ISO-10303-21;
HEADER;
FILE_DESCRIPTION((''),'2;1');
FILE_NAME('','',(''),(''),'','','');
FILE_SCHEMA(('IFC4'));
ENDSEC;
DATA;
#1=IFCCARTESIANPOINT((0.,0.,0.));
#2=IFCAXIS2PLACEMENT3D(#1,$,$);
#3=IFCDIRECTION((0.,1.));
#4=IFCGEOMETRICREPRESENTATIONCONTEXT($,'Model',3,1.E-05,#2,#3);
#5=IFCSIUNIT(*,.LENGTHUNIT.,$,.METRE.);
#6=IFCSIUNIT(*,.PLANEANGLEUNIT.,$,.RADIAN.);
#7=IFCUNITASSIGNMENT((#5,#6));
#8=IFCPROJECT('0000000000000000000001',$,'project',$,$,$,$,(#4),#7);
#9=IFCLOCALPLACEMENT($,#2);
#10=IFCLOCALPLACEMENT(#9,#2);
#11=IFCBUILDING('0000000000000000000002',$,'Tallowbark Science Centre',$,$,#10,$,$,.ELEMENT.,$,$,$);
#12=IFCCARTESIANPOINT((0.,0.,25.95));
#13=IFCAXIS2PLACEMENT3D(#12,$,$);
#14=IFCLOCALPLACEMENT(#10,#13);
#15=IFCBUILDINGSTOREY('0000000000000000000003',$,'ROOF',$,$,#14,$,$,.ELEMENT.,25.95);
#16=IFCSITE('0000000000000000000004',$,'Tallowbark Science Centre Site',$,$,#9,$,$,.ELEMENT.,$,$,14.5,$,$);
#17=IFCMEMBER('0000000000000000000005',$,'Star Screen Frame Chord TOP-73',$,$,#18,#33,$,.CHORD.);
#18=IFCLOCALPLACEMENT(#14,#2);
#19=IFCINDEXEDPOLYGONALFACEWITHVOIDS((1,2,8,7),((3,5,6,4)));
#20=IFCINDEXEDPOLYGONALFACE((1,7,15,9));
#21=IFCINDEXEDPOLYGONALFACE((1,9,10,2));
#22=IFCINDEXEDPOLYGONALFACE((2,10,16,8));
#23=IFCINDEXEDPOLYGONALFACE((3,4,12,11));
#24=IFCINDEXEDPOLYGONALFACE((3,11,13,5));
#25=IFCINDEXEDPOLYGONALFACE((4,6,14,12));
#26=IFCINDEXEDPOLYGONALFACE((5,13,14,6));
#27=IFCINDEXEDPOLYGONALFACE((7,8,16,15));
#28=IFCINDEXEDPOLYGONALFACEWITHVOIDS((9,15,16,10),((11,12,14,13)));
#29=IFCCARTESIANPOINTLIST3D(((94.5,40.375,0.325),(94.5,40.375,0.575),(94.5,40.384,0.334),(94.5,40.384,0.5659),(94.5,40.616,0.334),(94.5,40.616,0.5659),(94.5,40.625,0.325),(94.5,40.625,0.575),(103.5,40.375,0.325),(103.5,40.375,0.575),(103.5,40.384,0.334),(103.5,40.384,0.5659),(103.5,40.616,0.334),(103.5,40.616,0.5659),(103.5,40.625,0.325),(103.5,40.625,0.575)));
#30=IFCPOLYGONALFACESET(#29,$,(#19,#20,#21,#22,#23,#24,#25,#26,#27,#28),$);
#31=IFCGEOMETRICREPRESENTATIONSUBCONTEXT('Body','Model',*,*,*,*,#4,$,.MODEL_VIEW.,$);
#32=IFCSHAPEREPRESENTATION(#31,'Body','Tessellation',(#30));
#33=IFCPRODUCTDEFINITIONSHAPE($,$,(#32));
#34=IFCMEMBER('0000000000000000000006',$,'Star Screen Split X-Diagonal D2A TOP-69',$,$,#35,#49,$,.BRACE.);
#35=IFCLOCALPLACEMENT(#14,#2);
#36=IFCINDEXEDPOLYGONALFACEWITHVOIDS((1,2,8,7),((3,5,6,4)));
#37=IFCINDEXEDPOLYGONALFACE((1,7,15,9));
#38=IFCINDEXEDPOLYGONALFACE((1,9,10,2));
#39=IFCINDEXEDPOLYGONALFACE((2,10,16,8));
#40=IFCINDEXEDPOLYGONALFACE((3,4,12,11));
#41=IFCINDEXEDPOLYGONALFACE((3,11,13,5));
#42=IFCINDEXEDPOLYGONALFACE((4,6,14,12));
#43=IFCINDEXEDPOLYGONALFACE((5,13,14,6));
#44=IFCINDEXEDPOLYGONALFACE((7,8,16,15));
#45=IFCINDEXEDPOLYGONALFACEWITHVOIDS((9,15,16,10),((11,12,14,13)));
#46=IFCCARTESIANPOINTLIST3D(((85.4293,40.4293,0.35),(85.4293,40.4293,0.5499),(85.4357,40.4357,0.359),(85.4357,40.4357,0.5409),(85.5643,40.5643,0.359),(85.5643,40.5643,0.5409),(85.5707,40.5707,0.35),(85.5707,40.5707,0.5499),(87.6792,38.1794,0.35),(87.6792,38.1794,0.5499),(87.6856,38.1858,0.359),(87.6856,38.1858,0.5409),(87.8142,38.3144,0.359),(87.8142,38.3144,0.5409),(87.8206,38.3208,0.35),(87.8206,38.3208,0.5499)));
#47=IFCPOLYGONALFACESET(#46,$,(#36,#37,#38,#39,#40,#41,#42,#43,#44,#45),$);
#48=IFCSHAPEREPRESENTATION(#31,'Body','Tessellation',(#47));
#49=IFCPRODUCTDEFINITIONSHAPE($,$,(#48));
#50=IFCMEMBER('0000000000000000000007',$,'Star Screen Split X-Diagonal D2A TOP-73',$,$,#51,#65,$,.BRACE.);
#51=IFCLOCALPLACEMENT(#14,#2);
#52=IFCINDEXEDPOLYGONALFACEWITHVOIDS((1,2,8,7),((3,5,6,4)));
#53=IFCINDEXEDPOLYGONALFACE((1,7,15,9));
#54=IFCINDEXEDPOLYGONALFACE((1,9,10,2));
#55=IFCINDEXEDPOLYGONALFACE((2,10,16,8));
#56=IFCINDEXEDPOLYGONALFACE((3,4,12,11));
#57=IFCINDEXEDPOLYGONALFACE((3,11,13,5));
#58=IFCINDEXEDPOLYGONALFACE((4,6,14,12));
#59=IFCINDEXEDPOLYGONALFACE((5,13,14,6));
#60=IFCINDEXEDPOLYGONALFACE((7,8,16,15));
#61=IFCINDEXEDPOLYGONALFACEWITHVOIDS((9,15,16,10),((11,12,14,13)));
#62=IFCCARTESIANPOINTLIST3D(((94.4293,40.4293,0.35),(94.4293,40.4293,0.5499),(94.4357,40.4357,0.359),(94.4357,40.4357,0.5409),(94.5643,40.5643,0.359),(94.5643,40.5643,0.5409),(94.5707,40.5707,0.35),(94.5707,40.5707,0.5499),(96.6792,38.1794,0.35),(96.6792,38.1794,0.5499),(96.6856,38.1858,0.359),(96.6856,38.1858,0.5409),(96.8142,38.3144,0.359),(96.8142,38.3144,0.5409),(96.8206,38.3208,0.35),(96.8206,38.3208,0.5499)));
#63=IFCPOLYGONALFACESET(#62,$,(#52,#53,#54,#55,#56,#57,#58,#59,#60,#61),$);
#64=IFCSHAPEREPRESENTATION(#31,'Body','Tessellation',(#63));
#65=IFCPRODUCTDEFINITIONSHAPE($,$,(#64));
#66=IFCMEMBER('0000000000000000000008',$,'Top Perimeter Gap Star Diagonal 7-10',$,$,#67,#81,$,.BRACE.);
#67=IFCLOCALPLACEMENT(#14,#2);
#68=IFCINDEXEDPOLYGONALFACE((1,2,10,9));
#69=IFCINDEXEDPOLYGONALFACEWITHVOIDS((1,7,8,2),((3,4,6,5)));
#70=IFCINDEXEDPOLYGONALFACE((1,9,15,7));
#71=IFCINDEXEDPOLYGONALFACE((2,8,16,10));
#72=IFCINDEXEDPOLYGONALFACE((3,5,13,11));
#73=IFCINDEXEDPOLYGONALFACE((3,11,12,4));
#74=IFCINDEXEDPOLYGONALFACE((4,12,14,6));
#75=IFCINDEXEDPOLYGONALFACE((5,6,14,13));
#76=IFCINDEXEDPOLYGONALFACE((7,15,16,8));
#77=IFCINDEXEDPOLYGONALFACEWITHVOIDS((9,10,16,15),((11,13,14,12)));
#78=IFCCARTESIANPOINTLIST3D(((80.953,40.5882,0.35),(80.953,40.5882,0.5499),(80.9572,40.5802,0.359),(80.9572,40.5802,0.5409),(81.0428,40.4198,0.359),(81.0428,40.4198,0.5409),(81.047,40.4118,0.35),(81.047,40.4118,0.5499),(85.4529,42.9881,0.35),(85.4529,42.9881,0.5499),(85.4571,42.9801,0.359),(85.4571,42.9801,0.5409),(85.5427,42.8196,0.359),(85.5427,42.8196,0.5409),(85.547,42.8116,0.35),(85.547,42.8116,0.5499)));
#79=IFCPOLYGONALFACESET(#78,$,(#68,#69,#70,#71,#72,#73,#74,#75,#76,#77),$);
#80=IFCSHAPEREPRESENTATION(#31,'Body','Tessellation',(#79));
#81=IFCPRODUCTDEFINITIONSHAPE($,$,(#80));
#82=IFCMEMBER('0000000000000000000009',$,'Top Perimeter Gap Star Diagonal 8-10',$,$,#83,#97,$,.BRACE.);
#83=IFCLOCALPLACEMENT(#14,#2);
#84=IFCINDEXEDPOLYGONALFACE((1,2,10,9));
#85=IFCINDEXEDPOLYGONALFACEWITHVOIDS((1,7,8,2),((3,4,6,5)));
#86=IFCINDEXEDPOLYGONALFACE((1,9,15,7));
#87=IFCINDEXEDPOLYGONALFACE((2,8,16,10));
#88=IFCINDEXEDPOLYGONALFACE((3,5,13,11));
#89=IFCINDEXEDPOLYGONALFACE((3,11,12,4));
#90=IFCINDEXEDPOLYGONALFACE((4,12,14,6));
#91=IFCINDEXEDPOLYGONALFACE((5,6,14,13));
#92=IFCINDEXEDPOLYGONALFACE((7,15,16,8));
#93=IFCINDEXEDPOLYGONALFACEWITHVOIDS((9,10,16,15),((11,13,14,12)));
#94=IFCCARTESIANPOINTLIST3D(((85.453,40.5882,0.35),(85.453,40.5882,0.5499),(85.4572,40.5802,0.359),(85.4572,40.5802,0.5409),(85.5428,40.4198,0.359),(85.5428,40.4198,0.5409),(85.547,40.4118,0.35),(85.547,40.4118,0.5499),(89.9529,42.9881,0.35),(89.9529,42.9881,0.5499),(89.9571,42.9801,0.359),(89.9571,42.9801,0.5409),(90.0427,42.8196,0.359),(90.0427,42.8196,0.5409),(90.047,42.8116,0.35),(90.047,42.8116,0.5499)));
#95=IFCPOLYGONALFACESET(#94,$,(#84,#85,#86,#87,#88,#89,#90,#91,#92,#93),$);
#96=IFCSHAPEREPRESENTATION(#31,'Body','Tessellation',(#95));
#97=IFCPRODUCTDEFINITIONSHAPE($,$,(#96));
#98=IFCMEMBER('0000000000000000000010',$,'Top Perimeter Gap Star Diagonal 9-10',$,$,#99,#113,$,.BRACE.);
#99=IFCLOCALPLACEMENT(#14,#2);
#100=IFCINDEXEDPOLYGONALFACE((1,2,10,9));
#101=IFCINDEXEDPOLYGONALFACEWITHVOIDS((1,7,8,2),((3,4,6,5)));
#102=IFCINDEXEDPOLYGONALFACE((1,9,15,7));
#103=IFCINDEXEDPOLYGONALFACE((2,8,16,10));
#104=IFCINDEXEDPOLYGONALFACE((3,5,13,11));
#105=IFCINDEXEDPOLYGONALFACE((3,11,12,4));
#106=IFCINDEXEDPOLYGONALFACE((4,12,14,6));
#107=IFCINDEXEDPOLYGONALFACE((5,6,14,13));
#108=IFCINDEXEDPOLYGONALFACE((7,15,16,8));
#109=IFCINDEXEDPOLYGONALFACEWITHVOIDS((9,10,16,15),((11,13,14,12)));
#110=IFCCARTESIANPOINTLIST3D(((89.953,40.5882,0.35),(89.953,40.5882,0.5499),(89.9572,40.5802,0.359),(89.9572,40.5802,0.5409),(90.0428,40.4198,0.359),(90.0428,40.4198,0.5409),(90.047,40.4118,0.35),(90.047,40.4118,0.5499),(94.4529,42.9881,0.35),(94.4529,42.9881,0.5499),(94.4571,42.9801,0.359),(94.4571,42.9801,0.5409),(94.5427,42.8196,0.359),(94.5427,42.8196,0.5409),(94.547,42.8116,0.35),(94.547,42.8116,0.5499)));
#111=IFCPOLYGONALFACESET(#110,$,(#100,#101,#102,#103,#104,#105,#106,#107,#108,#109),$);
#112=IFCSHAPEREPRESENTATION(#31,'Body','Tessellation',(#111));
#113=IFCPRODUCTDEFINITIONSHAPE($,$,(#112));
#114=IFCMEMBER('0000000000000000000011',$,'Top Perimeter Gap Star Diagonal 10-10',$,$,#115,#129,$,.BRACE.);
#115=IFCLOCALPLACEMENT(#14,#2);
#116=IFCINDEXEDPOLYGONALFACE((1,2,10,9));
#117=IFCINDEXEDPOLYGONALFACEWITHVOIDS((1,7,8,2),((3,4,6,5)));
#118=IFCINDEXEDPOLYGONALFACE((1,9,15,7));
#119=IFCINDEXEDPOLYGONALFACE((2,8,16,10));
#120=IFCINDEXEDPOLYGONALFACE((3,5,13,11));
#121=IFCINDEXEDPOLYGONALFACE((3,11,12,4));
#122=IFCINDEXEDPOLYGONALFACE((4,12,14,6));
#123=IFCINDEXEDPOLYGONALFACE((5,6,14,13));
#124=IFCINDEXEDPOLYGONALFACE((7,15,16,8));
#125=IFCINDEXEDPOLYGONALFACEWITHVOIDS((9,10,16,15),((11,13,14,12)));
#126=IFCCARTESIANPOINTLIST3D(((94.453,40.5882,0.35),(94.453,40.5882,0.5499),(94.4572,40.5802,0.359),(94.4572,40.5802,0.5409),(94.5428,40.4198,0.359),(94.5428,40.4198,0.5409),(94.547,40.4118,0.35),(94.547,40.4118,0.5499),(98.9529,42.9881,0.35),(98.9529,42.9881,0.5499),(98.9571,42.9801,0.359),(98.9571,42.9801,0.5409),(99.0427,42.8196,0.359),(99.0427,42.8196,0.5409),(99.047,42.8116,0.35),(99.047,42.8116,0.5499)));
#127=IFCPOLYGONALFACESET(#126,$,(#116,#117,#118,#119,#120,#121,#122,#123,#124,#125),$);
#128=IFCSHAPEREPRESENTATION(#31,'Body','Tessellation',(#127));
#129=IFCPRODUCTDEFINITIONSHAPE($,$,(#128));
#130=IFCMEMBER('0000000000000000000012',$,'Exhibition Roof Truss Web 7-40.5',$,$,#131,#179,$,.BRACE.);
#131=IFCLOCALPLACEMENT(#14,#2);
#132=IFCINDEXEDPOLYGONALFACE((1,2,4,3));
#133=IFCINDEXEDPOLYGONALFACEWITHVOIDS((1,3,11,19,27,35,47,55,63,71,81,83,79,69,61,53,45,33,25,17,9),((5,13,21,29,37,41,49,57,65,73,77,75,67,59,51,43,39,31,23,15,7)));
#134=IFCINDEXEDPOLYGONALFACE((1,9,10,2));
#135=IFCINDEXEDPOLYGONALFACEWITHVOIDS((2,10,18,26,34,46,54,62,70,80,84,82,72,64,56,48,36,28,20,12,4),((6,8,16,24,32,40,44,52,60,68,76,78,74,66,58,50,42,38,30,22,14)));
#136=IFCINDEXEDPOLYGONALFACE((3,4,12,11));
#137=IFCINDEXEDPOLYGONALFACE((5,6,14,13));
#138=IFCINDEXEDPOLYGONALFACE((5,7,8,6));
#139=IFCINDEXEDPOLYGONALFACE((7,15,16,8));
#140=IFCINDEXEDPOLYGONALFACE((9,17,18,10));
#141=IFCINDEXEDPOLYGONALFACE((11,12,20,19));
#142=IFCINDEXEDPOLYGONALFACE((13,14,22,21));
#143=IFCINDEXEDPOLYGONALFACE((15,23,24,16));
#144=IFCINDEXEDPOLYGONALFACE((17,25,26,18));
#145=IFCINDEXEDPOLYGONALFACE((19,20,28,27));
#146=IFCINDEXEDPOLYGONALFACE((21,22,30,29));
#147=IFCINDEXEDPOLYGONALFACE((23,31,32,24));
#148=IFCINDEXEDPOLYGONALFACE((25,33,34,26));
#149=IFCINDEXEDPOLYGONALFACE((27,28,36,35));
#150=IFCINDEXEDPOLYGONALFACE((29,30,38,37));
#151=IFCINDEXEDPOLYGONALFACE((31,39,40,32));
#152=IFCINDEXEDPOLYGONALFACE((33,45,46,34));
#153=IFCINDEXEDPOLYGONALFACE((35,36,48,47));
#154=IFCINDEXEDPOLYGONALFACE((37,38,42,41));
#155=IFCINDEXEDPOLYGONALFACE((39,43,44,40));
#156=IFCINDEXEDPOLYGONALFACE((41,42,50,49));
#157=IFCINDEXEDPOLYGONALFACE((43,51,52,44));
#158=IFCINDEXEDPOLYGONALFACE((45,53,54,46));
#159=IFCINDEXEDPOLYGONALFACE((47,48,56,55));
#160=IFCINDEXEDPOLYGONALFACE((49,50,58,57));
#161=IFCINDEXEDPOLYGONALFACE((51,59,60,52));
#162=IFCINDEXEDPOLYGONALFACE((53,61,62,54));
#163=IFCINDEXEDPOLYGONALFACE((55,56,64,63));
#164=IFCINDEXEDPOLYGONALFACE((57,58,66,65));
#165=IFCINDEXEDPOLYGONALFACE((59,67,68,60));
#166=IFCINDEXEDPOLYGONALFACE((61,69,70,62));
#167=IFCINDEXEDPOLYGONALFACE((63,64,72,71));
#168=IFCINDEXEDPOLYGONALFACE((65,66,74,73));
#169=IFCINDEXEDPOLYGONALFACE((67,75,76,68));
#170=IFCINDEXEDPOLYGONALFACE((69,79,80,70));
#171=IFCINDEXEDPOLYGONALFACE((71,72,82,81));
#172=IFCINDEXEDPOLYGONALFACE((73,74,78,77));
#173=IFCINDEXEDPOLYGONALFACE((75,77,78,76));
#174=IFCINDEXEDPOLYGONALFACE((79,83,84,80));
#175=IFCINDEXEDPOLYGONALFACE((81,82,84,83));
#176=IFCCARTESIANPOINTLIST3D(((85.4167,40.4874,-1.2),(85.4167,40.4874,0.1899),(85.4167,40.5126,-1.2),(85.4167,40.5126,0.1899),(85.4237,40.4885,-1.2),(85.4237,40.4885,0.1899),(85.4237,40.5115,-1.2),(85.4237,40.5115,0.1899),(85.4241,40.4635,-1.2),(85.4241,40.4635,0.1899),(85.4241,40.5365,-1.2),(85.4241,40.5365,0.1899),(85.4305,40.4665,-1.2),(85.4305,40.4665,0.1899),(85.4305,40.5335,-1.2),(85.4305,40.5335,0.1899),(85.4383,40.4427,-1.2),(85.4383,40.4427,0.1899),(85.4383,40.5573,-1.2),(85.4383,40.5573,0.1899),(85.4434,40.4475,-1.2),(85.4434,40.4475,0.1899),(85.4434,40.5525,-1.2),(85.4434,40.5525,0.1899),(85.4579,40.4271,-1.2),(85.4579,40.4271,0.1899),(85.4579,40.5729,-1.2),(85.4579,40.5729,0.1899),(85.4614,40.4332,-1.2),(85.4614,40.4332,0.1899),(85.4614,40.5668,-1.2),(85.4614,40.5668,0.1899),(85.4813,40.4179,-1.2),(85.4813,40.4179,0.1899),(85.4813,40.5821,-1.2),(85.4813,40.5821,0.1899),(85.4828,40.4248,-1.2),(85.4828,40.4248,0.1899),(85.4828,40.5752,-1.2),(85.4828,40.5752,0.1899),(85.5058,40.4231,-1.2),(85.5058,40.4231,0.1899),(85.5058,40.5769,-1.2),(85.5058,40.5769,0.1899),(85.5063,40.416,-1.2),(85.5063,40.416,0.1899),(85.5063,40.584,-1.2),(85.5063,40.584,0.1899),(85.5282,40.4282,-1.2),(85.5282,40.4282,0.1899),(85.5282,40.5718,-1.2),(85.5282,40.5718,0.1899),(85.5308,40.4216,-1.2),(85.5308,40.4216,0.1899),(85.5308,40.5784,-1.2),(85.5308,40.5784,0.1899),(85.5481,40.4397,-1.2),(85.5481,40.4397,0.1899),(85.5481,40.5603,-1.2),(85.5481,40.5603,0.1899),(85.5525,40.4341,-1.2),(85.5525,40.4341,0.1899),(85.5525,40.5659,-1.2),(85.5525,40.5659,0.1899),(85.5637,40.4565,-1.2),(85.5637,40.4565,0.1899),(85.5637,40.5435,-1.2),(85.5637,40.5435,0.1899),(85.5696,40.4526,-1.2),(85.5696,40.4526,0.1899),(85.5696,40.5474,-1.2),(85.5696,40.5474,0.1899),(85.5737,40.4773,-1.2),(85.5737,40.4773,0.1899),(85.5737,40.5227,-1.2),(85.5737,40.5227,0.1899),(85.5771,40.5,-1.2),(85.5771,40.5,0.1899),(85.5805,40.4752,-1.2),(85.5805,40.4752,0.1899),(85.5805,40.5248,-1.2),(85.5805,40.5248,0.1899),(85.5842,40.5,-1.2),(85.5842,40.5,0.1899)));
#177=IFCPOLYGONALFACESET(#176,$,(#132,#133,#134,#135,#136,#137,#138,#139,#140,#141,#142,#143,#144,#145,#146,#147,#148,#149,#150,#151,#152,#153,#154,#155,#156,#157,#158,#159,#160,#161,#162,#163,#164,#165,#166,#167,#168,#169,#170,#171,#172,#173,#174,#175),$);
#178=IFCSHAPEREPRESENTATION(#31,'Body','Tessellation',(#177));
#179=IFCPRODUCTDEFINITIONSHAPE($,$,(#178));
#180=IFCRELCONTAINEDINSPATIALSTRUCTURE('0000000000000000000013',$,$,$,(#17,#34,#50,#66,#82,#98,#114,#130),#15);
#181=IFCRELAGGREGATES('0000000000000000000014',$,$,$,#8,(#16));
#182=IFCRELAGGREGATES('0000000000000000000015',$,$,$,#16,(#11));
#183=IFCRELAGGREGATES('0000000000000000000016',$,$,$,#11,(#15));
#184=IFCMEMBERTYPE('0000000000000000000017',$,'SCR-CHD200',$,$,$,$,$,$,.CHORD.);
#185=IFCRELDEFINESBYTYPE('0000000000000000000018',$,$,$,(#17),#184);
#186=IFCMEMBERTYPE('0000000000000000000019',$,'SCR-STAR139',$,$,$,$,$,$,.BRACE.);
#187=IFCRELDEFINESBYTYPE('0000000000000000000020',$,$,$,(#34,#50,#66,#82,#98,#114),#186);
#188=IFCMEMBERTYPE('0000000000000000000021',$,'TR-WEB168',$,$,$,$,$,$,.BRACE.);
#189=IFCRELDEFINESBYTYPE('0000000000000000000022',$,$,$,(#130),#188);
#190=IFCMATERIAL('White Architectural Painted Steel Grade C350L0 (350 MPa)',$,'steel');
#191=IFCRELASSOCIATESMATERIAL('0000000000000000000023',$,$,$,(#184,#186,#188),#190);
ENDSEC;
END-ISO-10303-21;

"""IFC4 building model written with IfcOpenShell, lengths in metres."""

from ifc_helpers import new_model, si_unit, direction, frame, origin, origin_2d, place, context, subcontext, project, spatial, hollow_rectangle, hollow_circle, extrude, material, material_profile, profile_set, type_object, element, save


model = new_model("IFC4")

# Units and contexts
model_context = context("Model", 3, precision=1e-05, world=origin(), true_north=direction((0.0, 1.0)))
body_context = subcontext(model_context, "Body", "Model", "MODEL_VIEW")
ifc_project = project(units=[si_unit("LENGTHUNIT", "METRE"), si_unit("PLANEANGLEUNIT", "RADIAN")], contexts=[model_context])

# Site, building, storey
site_placement = place(None, origin())
site = spatial("IfcSite", under=ifc_project, at=site_placement, Name="Tallowbark Science Centre Site", CompositionType="ELEMENT", RefElevation=14.5)
building_placement = place(site_placement, origin())
building = spatial("IfcBuilding", under=site, at=building_placement, Name="Tallowbark Science Centre", CompositionType="ELEMENT")
storey_placement = place(building_placement, frame((0.0, 0.0, 25.95)))
storey = spatial("IfcBuildingStorey", under=building, at=storey_placement, Name="ROOF", CompositionType="ELEMENT", Elevation=25.95)

# Shared definitions
ifc_material_1 = material(Name="White Architectural Painted Steel Grade C350L0 (350 MPa)", Category="steel")

# Members
ifc_material_profile_1 = material_profile(ifc_material_1, hollow_rectangle(XDim=0.25, YDim=0.25, WallThickness=0.009, at=origin_2d()), Name="250x250x9.0SHS")
ifc_profile_set_1 = profile_set([ifc_material_profile_1], Name="White Architectural Painted Steel Grade C350L0 (350 MPa)")
member_type_1 = type_object("IfcMemberType", Name="SCR-CHD200", PredefinedType="CHORD", material=ifc_profile_set_1)
member_1_placement = place(storey_placement, frame((94.5, 40.5, 0.45), z_axis=(1.0, 0.0, 0.0), x_axis=(0.0, 1.0, 0.0)))
element("IfcMember", 1, at=member_1_placement, inside=storey, type_object=member_type_1, Name="Star Screen Frame Chord TOP-73", PredefinedType="CHORD", context=body_context, shape_type="SweptSolid", body=[
    extrude(hollow_rectangle(XDim=0.25, YDim=0.25, WallThickness=0.009, at=origin_2d()), origin(), (0.0, 0.0, 1.0), 9.0),
])
ifc_material_profile_2 = material_profile(ifc_material_1, hollow_rectangle(XDim=0.2, YDim=0.2, WallThickness=0.009, at=origin_2d()), Name="200x200x9.0SHS")
ifc_profile_set_2 = profile_set([ifc_material_profile_2], Name="White Architectural Painted Steel Grade C350L0 (350 MPa)")
member_type_2 = type_object("IfcMemberType", Name="SCR-STAR139", PredefinedType="BRACE", material=ifc_profile_set_2)
for number, where, z_axis, x_axis, name in (
    (2, (85.5, 40.5, 0.45), (0.707107, -0.707107, 0.0), (0.707107, 0.707107, 0.0), "Star Screen Split X-Diagonal D2A TOP-69"),
    (3, (94.5, 40.5, 0.45), (0.707107, -0.707107, 0.0), (0.707107, 0.707107, 0.0), "Star Screen Split X-Diagonal D2A TOP-73"),
):
    element("IfcMember", number, at=place(storey_placement, frame(where, z_axis=z_axis, x_axis=x_axis)), inside=storey, type_object=member_type_2, Name=name, PredefinedType="BRACE", context=body_context, shape_type="SweptSolid", body=[
        extrude(hollow_rectangle(XDim=0.2, YDim=0.2, WallThickness=0.009, at=origin_2d()), origin(), (0.0, 0.0, 1.0), 3.1819),
    ])
for number, where, z_axis, x_axis, name in (
    (4, (81.0, 40.5, 0.45), (0.882361, 0.470573, 0.0), (-0.470573, 0.882361, 0.0), "Top Perimeter Gap Star Diagonal 7-10"),
    (5, (85.5, 40.5, 0.45), (0.882361, 0.470573, 0.0), (-0.470573, 0.882361, 0.0), "Top Perimeter Gap Star Diagonal 8-10"),
    (6, (90.0, 40.5, 0.45), (0.882361, 0.470573, 0.0), (-0.470573, 0.882361, 0.0), "Top Perimeter Gap Star Diagonal 9-10"),
    (7, (94.5, 40.5, 0.45), (0.882361, 0.470573, 0.0), (-0.470573, 0.882361, 0.0), "Top Perimeter Gap Star Diagonal 10-10"),
):
    element("IfcMember", number, at=place(storey_placement, frame(where, z_axis=z_axis, x_axis=x_axis)), inside=storey, type_object=member_type_2, Name=name, PredefinedType="BRACE", context=body_context, shape_type="SweptSolid", body=[
        extrude(hollow_rectangle(XDim=0.2, YDim=0.2, WallThickness=0.009, at=origin_2d()), origin(), (0.0, 0.0, 1.0), 5.0999),
    ])
ifc_material_profile_3 = material_profile(ifc_material_1, hollow_circle(Radius=0.0842, WallThickness=0.0071, at=origin_2d()), Name="168.3x7.1CHS")
ifc_profile_set_3 = profile_set([ifc_material_profile_3], Name="White Architectural Painted Steel Grade C350L0 (350 MPa)")
member_type_3 = type_object("IfcMemberType", Name="TR-WEB168", PredefinedType="BRACE", material=ifc_profile_set_3)
for number, where, z_axis, x_axis, name in (
    (8, (85.5, 40.5, -1.2), (0.0, 0.0, 1.0), (1.0, 0.0, 0.0), "Exhibition Roof Truss Web 7-40.5"),
):
    element("IfcMember", number, at=place(storey_placement, frame(where, z_axis=z_axis, x_axis=x_axis)), inside=storey, type_object=member_type_3, Name=name, PredefinedType="BRACE", context=body_context, shape_type="SweptSolid", body=[
        extrude(hollow_circle(Radius=0.0842, WallThickness=0.0071, at=origin_2d()), origin(), (0.0, 0.0, 1.0), 1.3899),
    ])

save(model, "model.ifc")
